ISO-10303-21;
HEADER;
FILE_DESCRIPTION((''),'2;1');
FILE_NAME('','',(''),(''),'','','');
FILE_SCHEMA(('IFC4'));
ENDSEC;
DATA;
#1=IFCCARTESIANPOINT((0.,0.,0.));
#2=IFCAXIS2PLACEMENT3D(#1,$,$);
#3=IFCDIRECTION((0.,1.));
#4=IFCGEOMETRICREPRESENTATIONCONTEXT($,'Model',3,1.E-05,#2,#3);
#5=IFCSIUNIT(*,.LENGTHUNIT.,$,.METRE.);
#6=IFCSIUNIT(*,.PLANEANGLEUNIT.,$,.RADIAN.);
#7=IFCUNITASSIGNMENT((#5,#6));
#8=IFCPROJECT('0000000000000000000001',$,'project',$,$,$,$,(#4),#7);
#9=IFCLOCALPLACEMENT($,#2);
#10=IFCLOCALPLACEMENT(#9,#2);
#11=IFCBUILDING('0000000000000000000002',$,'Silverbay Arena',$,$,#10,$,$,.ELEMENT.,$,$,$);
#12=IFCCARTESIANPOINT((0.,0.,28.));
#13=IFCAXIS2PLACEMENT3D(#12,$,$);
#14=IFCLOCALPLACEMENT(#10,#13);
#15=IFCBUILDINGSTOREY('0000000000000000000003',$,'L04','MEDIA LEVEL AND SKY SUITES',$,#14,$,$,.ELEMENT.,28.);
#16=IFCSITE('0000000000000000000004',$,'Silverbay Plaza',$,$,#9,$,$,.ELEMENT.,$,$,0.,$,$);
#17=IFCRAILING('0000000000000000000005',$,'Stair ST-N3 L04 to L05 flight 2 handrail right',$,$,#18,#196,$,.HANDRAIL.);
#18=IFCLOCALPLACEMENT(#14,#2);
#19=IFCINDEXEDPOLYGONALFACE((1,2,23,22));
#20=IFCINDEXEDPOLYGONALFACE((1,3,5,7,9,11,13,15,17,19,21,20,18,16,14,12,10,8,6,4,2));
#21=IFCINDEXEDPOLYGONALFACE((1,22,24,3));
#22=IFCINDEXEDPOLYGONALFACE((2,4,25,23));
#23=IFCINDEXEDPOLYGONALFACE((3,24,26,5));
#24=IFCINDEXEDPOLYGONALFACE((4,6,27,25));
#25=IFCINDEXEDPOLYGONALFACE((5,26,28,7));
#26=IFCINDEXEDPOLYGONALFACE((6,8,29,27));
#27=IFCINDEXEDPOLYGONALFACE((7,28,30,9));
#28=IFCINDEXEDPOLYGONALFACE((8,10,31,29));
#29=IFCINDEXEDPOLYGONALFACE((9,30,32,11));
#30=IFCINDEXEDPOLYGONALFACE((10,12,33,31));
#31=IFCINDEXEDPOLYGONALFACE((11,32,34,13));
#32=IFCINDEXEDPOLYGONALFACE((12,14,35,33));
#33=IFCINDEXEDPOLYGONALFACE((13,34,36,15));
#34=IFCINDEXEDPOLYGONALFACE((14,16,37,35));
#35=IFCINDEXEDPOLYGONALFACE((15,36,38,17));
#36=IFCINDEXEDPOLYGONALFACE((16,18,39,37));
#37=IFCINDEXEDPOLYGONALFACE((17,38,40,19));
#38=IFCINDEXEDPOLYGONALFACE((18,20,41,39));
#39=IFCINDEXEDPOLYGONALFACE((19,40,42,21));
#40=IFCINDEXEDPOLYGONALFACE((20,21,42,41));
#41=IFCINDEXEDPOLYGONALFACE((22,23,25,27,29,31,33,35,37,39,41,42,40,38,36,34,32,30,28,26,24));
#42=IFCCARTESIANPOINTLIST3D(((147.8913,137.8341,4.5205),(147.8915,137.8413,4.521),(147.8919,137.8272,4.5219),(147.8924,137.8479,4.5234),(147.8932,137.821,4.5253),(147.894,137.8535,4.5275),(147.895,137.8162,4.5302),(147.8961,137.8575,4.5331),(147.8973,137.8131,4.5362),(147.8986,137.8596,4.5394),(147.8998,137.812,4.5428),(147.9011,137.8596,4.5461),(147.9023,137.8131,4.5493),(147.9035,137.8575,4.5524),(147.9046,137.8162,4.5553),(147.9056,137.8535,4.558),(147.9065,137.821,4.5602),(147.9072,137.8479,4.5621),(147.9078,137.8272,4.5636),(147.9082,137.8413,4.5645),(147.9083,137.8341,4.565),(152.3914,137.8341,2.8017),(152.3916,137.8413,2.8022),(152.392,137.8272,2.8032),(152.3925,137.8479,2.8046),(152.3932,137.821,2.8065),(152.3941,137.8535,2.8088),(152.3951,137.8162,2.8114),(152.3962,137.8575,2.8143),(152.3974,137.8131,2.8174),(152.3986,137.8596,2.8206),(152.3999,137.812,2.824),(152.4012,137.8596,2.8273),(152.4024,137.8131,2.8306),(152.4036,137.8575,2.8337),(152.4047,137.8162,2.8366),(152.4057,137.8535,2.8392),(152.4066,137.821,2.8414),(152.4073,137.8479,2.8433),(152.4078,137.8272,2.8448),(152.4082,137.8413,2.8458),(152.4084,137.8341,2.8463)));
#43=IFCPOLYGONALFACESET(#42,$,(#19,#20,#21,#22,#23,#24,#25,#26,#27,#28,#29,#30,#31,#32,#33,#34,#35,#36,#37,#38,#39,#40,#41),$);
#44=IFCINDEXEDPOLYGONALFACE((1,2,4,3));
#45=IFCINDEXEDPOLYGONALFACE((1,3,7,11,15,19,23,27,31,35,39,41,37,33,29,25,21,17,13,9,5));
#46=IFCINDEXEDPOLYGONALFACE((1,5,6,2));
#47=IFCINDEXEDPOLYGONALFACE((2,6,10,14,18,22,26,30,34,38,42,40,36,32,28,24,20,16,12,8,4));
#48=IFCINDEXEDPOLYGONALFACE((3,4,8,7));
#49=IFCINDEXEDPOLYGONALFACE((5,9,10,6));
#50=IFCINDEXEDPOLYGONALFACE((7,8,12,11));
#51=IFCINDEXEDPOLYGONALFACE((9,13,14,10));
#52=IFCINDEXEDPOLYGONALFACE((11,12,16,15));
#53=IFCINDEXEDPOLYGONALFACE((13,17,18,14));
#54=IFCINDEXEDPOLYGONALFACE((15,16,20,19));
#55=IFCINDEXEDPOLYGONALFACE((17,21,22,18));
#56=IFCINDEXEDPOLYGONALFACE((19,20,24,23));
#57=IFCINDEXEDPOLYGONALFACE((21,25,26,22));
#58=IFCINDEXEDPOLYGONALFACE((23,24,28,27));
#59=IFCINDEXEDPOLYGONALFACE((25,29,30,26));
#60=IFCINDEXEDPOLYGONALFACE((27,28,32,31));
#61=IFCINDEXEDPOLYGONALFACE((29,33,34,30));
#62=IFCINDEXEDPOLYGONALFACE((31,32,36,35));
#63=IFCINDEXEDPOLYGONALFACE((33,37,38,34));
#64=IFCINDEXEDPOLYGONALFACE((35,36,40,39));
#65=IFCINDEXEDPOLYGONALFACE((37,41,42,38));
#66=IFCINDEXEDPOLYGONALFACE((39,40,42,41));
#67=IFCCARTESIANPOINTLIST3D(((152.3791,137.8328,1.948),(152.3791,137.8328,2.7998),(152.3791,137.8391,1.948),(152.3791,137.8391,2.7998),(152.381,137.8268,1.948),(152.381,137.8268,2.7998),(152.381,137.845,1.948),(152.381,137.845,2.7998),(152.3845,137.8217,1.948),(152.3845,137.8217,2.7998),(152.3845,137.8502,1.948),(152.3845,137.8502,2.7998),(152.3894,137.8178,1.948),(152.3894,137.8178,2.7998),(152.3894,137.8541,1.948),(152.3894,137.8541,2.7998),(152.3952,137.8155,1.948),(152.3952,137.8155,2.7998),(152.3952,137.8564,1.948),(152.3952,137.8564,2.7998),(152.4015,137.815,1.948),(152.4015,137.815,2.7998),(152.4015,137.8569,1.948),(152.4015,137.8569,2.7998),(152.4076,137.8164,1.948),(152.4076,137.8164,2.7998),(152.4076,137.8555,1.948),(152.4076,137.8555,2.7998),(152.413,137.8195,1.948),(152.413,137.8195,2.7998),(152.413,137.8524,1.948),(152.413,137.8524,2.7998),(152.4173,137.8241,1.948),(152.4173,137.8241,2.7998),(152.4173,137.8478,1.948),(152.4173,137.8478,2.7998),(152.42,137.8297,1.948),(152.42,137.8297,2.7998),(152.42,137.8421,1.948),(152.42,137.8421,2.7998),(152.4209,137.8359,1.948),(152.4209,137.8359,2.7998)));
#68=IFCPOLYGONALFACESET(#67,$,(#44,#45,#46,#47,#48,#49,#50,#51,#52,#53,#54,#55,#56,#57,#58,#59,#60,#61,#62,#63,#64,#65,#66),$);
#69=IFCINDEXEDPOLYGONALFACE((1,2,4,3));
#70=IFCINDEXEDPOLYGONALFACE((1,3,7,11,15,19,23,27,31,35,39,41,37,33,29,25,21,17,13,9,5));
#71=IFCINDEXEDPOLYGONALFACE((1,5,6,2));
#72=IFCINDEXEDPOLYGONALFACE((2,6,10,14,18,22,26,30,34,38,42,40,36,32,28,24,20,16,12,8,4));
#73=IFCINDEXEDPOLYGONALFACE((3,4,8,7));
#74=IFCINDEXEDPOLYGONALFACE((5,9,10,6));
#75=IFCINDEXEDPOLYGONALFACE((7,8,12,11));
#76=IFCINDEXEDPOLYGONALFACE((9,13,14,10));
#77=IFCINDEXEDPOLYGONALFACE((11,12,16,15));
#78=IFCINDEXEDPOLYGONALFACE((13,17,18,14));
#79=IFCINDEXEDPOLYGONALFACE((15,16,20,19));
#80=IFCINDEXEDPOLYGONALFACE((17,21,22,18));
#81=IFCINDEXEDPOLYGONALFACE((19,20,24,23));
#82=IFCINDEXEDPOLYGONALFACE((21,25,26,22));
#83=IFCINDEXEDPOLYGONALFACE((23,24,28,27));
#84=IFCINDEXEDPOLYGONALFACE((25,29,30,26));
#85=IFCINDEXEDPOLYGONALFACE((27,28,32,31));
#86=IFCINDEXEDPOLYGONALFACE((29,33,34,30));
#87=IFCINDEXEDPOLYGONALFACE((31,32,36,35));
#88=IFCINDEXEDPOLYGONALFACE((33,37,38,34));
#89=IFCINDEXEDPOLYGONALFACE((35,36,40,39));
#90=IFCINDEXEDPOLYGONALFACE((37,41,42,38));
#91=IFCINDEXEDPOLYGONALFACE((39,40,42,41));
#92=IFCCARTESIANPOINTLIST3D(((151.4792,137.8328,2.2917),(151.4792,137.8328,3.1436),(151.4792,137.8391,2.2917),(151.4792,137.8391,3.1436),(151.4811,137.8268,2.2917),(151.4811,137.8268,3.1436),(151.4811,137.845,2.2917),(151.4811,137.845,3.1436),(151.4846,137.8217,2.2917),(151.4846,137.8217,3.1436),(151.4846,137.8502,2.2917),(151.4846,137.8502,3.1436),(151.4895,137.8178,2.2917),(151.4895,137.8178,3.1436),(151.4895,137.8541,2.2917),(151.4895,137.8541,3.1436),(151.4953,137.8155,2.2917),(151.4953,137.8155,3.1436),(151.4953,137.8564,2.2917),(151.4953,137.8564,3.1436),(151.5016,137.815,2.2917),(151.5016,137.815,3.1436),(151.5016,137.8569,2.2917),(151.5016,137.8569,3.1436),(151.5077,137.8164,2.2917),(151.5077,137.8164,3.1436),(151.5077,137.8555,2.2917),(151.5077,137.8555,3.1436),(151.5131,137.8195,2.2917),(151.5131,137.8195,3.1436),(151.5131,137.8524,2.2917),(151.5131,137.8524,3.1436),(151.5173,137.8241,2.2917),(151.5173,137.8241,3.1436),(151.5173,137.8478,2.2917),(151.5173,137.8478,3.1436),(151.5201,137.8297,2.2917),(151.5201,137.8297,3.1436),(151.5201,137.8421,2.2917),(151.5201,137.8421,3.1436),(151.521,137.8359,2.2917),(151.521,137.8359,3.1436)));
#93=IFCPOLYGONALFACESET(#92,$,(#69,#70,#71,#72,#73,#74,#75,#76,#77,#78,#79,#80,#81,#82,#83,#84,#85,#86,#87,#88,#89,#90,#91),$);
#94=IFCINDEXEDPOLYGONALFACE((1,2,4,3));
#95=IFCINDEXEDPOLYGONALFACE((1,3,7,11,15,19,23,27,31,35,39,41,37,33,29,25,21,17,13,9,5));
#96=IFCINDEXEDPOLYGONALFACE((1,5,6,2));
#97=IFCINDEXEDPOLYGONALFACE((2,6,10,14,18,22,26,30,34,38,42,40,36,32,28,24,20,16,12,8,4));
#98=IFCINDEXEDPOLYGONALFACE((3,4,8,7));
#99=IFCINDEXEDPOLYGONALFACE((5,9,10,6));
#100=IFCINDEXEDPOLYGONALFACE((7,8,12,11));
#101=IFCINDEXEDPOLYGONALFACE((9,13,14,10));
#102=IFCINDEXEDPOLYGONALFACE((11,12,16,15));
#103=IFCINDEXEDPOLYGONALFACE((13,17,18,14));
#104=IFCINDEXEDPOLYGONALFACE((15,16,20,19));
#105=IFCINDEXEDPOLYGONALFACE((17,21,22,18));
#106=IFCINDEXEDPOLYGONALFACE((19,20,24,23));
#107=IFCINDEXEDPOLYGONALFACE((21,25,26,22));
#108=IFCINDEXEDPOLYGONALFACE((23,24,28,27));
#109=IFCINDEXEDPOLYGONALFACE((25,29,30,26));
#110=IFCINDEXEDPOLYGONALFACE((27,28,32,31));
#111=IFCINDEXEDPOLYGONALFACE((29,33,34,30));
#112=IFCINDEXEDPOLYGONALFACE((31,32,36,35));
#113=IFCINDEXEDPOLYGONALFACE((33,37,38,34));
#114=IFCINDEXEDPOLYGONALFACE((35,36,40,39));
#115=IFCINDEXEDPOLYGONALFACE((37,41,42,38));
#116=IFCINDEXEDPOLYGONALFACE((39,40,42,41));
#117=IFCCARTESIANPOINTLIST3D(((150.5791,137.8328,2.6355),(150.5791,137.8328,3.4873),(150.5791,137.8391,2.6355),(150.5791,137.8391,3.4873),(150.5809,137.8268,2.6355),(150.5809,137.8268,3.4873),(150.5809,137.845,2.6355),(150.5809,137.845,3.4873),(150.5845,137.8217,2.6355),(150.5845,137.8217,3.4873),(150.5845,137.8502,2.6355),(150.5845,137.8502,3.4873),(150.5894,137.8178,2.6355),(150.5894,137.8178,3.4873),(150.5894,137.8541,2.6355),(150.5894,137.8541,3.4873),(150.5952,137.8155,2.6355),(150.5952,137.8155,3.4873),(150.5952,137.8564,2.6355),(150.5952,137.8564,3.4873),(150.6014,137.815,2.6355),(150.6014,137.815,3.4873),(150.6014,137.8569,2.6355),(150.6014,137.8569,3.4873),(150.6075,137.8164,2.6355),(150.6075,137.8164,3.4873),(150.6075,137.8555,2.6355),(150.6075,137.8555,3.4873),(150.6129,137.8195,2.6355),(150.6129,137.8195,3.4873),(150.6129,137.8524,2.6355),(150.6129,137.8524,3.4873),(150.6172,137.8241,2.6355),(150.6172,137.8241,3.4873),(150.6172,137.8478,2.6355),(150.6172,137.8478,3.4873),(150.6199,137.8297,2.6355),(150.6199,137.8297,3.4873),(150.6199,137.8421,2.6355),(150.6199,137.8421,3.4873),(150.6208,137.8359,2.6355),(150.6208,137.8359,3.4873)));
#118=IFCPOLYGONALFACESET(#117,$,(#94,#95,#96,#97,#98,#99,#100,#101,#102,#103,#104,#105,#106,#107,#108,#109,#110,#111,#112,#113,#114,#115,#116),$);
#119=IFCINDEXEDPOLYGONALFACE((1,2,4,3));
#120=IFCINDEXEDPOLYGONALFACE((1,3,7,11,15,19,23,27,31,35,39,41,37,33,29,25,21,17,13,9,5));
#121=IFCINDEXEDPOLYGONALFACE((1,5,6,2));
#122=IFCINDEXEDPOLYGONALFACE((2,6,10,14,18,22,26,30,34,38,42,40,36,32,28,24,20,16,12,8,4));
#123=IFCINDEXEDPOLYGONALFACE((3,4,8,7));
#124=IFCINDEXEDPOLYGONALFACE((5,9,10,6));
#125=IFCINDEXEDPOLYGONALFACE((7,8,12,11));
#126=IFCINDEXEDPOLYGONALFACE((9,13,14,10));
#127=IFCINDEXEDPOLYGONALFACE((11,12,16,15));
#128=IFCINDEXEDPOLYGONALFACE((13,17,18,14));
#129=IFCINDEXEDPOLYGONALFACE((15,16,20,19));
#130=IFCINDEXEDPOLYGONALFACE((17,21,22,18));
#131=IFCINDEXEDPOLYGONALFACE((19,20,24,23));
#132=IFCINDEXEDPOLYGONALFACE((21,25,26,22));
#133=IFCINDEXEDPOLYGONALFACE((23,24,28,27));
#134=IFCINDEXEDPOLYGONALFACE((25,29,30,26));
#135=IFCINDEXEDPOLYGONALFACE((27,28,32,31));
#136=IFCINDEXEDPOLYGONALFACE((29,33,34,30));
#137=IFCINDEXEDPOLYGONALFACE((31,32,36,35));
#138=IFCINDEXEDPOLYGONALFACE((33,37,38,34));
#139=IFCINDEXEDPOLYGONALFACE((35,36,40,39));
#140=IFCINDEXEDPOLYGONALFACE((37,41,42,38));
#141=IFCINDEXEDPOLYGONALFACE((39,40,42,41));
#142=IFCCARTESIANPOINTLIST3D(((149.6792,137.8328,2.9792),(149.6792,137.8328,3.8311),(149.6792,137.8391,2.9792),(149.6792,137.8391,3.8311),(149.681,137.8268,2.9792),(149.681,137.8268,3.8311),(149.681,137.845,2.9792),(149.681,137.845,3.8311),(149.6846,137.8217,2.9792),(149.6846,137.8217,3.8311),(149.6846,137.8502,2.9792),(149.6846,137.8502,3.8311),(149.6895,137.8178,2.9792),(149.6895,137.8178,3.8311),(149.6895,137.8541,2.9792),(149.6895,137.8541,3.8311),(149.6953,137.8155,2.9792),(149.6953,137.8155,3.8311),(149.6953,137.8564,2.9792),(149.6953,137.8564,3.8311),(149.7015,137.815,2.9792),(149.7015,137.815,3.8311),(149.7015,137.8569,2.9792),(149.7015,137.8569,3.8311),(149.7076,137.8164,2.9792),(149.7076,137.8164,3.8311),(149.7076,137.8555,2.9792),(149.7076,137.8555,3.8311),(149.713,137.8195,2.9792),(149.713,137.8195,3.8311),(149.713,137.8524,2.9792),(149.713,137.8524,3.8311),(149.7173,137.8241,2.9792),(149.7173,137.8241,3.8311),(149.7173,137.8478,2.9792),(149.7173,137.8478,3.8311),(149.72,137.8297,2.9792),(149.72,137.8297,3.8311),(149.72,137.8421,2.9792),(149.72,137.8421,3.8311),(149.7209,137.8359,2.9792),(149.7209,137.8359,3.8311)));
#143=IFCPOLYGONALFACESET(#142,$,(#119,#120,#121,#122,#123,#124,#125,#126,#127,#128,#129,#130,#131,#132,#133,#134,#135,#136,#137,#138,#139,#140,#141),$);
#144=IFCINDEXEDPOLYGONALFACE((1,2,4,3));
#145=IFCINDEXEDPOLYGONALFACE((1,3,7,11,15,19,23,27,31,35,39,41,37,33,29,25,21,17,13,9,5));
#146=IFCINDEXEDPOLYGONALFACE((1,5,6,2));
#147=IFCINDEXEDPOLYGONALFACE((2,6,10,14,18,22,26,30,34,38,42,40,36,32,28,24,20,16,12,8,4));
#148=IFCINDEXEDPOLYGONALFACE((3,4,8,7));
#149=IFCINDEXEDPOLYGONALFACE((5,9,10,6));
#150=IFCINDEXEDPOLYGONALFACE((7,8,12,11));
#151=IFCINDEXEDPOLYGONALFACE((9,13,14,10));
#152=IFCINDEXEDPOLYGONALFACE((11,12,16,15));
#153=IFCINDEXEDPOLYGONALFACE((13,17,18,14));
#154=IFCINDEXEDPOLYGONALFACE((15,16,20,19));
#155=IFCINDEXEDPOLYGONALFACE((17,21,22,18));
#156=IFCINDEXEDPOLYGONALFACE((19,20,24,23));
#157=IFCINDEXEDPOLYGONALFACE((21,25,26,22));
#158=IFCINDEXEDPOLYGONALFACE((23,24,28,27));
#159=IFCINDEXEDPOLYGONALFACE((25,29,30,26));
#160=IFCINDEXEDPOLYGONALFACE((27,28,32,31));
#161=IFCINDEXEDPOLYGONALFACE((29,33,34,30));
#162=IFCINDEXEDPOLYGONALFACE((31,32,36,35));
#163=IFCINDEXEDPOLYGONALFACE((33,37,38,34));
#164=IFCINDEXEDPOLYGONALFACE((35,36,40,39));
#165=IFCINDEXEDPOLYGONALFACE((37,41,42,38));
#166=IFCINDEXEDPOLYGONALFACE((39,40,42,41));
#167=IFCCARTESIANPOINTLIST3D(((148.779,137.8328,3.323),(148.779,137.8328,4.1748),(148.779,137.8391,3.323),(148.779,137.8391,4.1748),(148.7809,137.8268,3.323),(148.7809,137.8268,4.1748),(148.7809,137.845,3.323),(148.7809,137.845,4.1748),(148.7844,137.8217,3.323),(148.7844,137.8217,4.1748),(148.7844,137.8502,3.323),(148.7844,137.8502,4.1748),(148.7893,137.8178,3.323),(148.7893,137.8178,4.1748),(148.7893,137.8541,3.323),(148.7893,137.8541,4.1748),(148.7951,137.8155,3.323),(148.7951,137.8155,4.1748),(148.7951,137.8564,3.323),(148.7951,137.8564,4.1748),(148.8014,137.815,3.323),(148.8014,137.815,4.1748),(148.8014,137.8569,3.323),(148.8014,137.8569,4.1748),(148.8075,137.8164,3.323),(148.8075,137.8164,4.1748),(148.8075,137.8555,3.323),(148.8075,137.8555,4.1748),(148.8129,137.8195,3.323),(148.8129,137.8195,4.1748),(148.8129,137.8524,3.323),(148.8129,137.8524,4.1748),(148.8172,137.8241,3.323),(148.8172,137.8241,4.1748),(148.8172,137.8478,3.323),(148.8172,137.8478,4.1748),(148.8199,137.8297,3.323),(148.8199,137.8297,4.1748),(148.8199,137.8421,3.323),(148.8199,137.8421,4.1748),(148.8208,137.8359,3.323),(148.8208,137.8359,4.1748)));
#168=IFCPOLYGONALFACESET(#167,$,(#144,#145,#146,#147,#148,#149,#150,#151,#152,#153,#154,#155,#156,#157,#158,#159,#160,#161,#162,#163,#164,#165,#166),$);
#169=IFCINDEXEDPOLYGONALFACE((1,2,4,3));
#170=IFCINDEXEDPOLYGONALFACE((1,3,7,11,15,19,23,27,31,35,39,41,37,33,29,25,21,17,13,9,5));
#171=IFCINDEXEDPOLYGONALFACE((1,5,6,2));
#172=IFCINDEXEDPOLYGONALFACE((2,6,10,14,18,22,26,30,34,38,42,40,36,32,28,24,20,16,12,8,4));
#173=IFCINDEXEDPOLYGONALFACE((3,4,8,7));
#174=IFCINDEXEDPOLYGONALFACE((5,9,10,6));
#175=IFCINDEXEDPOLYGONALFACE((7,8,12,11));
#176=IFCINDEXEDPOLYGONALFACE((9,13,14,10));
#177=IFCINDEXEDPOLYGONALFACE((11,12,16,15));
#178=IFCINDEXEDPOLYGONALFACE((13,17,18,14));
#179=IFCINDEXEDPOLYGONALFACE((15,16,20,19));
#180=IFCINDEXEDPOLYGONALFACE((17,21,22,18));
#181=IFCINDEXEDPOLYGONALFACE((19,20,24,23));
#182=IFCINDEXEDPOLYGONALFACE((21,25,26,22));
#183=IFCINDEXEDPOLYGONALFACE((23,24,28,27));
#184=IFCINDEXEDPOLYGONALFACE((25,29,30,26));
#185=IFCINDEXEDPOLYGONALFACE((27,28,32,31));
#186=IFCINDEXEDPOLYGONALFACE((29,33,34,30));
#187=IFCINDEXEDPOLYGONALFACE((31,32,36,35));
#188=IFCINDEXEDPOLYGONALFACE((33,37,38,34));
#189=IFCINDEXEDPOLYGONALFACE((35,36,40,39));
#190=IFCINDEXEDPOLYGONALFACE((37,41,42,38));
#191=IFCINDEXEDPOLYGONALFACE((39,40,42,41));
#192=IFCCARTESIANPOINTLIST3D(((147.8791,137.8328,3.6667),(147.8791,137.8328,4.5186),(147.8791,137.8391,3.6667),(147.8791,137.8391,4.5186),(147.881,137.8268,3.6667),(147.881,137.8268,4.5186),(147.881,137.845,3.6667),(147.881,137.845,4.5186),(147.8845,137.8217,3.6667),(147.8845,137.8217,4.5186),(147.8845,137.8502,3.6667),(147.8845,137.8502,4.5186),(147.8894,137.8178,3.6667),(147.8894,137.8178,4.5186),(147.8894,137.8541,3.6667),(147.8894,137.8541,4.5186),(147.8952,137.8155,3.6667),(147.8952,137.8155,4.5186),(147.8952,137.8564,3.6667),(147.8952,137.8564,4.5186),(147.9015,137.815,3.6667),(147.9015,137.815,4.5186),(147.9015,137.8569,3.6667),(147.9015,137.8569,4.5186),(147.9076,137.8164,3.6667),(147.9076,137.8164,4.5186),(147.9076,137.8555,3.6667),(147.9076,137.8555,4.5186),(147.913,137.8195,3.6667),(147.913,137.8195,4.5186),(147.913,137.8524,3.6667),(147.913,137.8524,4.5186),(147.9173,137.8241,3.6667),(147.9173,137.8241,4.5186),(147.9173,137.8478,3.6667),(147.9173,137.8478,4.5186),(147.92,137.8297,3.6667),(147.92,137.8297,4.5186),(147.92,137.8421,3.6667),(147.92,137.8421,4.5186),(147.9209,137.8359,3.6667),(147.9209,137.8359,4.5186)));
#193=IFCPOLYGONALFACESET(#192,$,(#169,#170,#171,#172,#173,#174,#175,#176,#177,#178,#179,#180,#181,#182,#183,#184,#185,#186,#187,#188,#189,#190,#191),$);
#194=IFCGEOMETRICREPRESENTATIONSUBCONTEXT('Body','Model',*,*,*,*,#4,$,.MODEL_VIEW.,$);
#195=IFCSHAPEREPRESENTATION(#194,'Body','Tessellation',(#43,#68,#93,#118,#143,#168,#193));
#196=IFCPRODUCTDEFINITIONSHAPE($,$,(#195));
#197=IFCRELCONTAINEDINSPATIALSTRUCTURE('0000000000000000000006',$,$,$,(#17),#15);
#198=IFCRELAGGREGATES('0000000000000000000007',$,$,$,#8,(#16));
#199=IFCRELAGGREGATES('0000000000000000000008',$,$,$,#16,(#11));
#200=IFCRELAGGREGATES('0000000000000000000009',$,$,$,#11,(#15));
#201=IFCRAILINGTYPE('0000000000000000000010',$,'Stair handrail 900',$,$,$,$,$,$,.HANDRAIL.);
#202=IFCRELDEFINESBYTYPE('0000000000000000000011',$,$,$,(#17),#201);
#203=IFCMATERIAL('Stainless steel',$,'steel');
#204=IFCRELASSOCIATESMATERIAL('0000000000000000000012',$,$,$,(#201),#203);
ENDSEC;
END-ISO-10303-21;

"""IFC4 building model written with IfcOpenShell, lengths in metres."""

from ifc_helpers import new_model, si_unit, direction, frame, origin, origin_2d, place, context, subcontext, project, spatial, circle, extrude, material, type_object, element, save


model = new_model("IFC4")

# Units and contexts
model_context = context("Model", 3, precision=1e-05, world=origin(), true_north=direction((0.0, 1.0)))
body_context = subcontext(model_context, "Body", "Model", "MODEL_VIEW")
ifc_project = project(units=[si_unit("LENGTHUNIT", "METRE"), si_unit("PLANEANGLEUNIT", "RADIAN")], contexts=[model_context])

# Site, building, storey
site_placement = place(None, origin())
site = spatial("IfcSite", under=ifc_project, at=site_placement, Name="Silverbay Plaza", CompositionType="ELEMENT", RefElevation=0.0)
building_placement = place(site_placement, origin())
building = spatial("IfcBuilding", under=site, at=building_placement, Name="Silverbay Arena", CompositionType="ELEMENT")
storey_placement = place(building_placement, frame((0.0, 0.0, 28.0)))
storey = spatial("IfcBuildingStorey", under=building, at=storey_placement, Name="L04", Description="MEDIA LEVEL AND SKY SUITES", CompositionType="ELEMENT", Elevation=28.0)

# Railing
ifc_material_1 = material(Name="Stainless steel", Category="steel")
railing_type_1 = type_object("IfcRailingType", Name="Stair handrail 900", PredefinedType="HANDRAIL", material=ifc_material_1)
for number, where, name in (
    (1, (152.3999, 137.8359, 1.948), "Stair ST-N3 L04 to L05 flight 2 handrail right"),
):
    element("IfcRailing", number, at=place(storey_placement, frame(where)), inside=storey, type_object=railing_type_1, Name=name, PredefinedType="HANDRAIL", context=body_context, shape_type="SweptSolid", body=[
        extrude(circle(Radius=0.0239, at=origin_2d()), frame((0.0, 0.0, 0.876), z_axis=(-0.934179, 0.0, 0.356805), x_axis=(0.0, -1.0, 0.0)), (0.0, 0.0, 1.0), 4.8171),
        extrude(circle(Radius=0.021, at=origin_2d()), origin(), (0.0, 0.0, 1.0), 0.8518),
        extrude(circle(Radius=0.021, at=origin_2d()), frame((-0.8999, 0.0, 0.3438)), (0.0, 0.0, 1.0), 0.8518),
        extrude(circle(Radius=0.021, at=origin_2d()), frame((-1.8, 0.0, 0.6875)), (0.0, 0.0, 1.0), 0.8518),
        extrude(circle(Radius=0.021, at=origin_2d()), frame((-2.7, 0.0, 1.0312)), (0.0, 0.0, 1.0), 0.8518),
        extrude(circle(Radius=0.021, at=origin_2d()), frame((-3.6001, 0.0, 1.375)), (0.0, 0.0, 1.0), 0.8518),
        extrude(circle(Radius=0.021, at=origin_2d()), frame((-4.5, 0.0, 1.7188)), (0.0, 0.0, 1.0), 0.8518),
    ])

save(model, "model.ifc")
